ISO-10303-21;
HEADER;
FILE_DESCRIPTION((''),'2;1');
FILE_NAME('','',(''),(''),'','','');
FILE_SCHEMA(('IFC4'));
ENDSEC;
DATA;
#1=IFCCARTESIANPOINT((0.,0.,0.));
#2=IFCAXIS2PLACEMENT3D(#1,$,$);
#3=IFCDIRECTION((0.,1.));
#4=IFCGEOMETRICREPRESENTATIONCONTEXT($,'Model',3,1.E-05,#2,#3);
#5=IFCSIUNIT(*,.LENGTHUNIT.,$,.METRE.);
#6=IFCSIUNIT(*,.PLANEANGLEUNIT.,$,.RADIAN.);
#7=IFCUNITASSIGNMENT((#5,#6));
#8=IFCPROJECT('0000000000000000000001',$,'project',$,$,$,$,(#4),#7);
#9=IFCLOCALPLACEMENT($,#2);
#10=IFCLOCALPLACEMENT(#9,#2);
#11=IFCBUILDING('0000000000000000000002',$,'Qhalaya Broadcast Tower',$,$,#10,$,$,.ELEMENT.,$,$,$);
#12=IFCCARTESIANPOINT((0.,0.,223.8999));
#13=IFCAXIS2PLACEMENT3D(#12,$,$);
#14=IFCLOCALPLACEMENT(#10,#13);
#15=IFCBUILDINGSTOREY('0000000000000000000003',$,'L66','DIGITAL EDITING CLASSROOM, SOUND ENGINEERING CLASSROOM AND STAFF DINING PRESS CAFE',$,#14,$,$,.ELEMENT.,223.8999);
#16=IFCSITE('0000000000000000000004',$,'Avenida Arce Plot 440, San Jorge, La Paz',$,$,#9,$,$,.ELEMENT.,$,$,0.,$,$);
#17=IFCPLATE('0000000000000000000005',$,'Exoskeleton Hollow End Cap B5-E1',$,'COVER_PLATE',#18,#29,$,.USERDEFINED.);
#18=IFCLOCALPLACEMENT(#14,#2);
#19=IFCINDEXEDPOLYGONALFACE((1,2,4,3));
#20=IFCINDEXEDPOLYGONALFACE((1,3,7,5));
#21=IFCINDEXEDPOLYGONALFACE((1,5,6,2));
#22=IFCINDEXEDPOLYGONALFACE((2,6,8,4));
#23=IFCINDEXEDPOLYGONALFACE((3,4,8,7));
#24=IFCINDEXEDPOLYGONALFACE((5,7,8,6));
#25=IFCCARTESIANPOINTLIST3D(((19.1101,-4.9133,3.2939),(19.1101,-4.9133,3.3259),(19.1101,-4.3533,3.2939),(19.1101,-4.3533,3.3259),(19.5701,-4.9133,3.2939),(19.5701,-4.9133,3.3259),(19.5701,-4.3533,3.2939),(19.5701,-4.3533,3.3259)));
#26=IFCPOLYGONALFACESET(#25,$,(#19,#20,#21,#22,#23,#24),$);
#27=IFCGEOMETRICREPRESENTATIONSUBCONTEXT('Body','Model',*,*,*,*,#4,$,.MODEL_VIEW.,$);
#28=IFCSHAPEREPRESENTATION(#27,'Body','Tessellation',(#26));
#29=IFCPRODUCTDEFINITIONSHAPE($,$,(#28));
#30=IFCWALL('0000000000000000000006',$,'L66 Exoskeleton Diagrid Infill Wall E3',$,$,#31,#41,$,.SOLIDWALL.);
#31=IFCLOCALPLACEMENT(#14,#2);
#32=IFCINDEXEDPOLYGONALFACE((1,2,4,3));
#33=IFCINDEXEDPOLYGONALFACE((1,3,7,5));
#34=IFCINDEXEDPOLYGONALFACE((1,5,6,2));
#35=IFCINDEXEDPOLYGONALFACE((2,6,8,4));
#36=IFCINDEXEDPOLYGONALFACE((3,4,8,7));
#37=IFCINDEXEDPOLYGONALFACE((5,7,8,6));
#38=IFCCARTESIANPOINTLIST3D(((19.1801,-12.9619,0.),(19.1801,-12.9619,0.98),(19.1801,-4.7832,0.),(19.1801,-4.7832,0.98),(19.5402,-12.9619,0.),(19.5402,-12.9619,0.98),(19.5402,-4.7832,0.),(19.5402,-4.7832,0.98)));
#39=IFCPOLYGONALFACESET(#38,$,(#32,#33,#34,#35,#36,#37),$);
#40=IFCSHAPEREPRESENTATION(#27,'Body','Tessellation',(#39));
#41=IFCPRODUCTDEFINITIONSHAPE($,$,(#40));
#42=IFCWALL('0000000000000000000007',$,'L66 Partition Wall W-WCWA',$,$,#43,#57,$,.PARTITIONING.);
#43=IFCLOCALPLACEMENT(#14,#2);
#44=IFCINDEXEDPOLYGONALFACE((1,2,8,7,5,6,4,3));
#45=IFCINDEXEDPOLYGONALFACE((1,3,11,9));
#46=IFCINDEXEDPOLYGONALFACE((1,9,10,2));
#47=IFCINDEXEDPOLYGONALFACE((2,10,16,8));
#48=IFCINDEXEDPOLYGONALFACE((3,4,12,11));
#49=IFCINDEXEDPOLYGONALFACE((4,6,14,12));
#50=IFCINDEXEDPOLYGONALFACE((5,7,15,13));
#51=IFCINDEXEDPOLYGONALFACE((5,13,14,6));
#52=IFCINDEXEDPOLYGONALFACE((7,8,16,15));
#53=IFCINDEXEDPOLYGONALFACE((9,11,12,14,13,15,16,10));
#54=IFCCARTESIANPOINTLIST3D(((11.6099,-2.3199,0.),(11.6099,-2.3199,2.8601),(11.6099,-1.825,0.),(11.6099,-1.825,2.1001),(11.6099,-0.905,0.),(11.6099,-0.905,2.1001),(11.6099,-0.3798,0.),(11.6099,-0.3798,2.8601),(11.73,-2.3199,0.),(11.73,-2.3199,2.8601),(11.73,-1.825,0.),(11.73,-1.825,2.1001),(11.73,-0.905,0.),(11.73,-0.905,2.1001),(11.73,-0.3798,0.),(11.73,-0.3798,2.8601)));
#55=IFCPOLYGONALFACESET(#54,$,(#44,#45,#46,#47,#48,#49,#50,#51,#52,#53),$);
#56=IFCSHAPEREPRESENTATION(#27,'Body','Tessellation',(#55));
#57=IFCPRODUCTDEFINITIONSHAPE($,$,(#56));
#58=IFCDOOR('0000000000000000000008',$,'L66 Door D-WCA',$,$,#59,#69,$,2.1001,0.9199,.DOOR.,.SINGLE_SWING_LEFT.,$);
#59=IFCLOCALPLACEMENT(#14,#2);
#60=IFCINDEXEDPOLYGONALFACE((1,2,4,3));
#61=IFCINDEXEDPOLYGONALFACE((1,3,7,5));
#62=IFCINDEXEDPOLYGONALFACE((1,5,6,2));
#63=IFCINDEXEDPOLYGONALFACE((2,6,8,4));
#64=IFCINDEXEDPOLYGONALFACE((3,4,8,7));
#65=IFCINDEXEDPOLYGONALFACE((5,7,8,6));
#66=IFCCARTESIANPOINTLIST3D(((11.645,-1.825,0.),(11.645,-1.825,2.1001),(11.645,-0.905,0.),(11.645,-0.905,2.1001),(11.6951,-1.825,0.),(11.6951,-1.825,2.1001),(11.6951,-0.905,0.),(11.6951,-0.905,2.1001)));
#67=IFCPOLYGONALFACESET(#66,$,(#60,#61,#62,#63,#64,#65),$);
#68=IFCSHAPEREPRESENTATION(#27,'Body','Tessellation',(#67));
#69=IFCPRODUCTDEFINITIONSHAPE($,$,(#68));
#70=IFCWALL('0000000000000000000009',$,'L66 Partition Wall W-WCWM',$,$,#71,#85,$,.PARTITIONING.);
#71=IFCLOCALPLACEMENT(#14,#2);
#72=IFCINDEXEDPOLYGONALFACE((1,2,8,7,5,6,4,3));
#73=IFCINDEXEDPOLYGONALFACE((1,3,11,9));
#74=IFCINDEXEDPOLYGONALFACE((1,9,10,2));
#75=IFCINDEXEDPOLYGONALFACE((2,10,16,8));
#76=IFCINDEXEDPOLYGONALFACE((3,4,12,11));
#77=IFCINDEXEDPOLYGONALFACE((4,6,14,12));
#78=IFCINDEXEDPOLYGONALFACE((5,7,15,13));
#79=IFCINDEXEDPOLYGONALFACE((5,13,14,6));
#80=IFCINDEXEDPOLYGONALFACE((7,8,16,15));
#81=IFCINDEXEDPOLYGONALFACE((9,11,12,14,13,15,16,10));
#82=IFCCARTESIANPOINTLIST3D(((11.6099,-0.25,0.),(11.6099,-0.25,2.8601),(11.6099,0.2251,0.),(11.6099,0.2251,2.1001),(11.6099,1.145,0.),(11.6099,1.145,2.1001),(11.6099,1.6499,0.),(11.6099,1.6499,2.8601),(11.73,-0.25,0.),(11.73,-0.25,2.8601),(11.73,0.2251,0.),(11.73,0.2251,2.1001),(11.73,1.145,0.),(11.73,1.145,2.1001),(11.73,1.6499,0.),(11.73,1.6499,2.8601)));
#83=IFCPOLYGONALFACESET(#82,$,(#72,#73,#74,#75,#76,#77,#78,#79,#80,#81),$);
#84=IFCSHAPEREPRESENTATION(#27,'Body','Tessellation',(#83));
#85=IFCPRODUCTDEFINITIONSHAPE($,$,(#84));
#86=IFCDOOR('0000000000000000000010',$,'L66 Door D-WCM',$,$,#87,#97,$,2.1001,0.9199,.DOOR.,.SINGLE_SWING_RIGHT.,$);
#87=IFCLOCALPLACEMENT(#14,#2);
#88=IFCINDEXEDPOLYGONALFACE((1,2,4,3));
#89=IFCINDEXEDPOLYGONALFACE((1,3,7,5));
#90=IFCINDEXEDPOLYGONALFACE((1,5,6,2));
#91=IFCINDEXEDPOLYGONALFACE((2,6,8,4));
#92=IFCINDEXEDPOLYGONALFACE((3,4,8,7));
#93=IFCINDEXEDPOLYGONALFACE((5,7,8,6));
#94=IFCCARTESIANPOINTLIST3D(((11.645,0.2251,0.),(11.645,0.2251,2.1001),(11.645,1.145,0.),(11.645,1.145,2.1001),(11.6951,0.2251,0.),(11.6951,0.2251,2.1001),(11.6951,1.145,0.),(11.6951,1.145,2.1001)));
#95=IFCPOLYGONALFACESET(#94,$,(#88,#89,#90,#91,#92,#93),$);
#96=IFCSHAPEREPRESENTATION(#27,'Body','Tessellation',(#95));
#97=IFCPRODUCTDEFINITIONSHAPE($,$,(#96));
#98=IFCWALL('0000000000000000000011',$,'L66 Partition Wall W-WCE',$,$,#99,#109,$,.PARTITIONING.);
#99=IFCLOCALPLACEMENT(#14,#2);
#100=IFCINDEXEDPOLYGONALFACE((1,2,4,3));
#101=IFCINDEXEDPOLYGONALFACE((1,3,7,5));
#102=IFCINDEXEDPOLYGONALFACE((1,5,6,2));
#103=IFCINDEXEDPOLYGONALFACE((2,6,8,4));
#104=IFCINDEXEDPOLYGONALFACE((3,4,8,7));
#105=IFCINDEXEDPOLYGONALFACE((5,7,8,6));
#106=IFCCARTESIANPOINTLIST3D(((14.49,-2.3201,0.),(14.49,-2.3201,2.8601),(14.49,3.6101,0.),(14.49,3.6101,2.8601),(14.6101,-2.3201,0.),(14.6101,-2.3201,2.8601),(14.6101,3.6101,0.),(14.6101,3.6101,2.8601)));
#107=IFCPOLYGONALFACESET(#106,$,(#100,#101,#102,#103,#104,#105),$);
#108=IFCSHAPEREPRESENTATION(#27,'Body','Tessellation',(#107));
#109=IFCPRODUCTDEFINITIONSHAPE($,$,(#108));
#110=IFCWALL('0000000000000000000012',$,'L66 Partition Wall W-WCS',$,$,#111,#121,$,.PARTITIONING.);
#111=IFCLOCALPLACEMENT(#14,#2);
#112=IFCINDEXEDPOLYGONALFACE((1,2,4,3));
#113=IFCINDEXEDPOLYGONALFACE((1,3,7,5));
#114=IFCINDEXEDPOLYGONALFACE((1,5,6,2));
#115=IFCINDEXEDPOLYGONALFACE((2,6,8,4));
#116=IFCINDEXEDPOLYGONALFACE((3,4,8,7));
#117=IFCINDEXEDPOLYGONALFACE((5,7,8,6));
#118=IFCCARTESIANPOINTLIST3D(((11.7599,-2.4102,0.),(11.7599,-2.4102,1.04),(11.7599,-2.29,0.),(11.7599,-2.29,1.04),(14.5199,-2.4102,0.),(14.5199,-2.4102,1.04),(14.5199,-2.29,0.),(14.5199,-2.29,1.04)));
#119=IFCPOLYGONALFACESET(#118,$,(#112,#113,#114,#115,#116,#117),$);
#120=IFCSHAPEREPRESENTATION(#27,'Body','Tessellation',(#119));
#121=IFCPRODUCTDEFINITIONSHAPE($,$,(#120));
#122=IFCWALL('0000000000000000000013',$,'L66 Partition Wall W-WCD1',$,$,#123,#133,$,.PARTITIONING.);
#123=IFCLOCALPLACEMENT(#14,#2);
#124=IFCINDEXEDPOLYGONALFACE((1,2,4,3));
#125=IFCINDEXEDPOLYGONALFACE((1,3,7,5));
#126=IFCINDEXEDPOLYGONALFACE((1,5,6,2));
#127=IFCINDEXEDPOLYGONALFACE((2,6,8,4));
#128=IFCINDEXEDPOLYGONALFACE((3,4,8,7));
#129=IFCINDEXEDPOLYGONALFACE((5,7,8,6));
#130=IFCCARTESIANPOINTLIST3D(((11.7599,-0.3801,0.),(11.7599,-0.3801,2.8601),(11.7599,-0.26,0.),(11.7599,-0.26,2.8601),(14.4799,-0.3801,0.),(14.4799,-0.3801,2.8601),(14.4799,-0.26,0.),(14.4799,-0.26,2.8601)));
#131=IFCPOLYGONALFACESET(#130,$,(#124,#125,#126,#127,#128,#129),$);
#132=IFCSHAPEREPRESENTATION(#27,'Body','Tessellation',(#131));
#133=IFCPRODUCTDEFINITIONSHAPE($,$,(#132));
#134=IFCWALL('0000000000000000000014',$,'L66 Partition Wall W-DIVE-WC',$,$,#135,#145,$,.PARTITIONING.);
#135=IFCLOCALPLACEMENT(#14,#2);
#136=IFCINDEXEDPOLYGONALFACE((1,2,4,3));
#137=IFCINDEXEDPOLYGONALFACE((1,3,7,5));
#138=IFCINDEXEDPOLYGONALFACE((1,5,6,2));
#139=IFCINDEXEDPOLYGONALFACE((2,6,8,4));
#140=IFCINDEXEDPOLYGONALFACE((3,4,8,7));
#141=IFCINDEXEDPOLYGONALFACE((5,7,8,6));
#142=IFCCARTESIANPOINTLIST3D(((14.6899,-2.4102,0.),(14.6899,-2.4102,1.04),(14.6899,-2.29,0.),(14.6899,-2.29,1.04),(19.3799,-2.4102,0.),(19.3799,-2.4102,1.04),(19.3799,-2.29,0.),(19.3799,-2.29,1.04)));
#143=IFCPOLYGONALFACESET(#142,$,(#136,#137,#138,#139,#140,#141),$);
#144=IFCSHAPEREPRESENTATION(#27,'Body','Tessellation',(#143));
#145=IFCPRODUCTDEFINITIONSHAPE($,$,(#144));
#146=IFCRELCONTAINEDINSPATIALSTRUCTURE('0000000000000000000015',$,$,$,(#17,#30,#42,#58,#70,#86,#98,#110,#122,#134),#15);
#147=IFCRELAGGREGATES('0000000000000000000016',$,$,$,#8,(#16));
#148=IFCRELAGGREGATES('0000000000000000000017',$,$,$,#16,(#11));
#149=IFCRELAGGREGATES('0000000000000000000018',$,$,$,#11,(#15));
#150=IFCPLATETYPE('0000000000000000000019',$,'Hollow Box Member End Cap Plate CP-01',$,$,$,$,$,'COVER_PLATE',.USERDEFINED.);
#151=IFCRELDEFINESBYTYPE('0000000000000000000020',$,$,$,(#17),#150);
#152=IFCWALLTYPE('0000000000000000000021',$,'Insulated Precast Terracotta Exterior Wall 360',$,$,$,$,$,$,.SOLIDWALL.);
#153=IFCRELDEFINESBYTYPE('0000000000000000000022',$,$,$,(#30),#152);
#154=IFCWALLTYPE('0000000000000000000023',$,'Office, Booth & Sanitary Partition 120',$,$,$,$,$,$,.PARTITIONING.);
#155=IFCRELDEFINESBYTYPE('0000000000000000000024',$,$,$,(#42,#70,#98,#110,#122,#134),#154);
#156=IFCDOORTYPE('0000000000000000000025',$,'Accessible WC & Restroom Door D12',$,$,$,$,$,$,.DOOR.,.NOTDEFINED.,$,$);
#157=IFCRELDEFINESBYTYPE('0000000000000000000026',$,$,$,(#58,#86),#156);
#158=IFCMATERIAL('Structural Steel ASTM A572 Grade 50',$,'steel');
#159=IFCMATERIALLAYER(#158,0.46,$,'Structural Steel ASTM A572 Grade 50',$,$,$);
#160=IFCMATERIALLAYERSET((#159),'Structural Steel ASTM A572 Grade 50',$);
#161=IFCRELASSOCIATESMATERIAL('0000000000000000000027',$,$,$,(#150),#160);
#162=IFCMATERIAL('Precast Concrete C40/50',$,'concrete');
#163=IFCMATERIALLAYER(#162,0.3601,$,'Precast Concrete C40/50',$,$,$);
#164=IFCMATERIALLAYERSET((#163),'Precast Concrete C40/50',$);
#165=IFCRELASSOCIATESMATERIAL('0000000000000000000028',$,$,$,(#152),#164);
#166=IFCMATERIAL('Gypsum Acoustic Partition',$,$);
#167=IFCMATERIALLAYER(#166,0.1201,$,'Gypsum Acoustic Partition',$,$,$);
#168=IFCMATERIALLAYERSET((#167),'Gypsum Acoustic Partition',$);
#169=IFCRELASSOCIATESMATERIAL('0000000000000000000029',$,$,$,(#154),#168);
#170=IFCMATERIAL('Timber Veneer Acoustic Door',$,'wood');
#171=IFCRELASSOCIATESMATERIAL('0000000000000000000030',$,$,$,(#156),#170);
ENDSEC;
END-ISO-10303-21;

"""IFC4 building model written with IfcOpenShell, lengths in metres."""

from ifc_helpers import new_model, si_unit, direction, frame, frame_2d, origin, origin_2d, place, context, subcontext, project, spatial, rectangle, extrude, material, layer, layer_set, type_object, element, fill, save


model = new_model("IFC4")

# Units and contexts
model_context = context("Model", 3, precision=1e-05, world=origin(), true_north=direction((0.0, 1.0)))
body_context = subcontext(model_context, "Body", "Model", "MODEL_VIEW")
ifc_project = project(units=[si_unit("LENGTHUNIT", "METRE"), si_unit("PLANEANGLEUNIT", "RADIAN")], contexts=[model_context])

# Site, building, storey
site_placement = place(None, origin())
site = spatial("IfcSite", under=ifc_project, at=site_placement, Name="Avenida Arce Plot 440, San Jorge, La Paz", CompositionType="ELEMENT", RefElevation=0.0)
building_placement = place(site_placement, origin())
building = spatial("IfcBuilding", under=site, at=building_placement, Name="Qhalaya Broadcast Tower", CompositionType="ELEMENT")
storey_placement = place(building_placement, frame((0.0, 0.0, 223.8999)))
storey = spatial("IfcBuildingStorey", under=building, at=storey_placement, Name="L66", Description="DIGITAL EDITING CLASSROOM, SOUND ENGINEERING CLASSROOM AND STAFF DINING PRESS CAFE", CompositionType="ELEMENT", Elevation=223.8999)

# Shared definitions
ifc_material_1 = material(Name="Structural Steel ASTM A572 Grade 50", Category="steel")

# Plate
ifc_layer_1 = layer(ifc_material_1, 0.46, Name="Structural Steel ASTM A572 Grade 50")
ifc_layer_set_1 = layer_set([ifc_layer_1], Name="Structural Steel ASTM A572 Grade 50")
plate_type_1 = type_object("IfcPlateType", Name="Hollow Box Member End Cap Plate CP-01", ElementType="COVER_PLATE", PredefinedType="USERDEFINED", material=ifc_layer_set_1)
plate_1_placement = place(storey_placement, frame((19.3401, -4.6333, 3.2939), z_axis=(0.0, 0.0, 1.0), x_axis=(0.0, 1.0, 0.0)))
element("IfcPlate", 1, at=plate_1_placement, inside=storey, type_object=plate_type_1, Name="Exoskeleton Hollow End Cap B5-E1", ObjectType="COVER_PLATE", PredefinedType="USERDEFINED", context=body_context, shape_type="SweptSolid", body=[
    extrude(rectangle(XDim=0.5601, YDim=0.46, at=origin_2d()), origin(), (0.0, 0.0, 1.0), 0.032),
])

# Wall
ifc_material_2 = material(Name="Precast Concrete C40/50", Category="concrete")
ifc_layer_2 = layer(ifc_material_2, 0.3601, Name="Precast Concrete C40/50")
ifc_layer_set_2 = layer_set([ifc_layer_2], Name="Precast Concrete C40/50")
wall_type_1 = type_object("IfcWallType", Name="Insulated Precast Terracotta Exterior Wall 360", PredefinedType="SOLIDWALL", material=ifc_layer_set_2)
wall_1_placement = place(storey_placement, frame((19.3601, -4.7832, 0.0), z_axis=(0.0, 0.0, 1.0), x_axis=(0.0, -1.0, 0.0)))
element("IfcWall", 2, at=wall_1_placement, inside=storey, type_object=wall_type_1, Name="L66 Exoskeleton Diagrid Infill Wall E3", PredefinedType="SOLIDWALL", context=body_context, shape_type="SweptSolid", body=[
    extrude(rectangle(XDim=8.1787, YDim=0.3601, at=frame_2d((4.0894, 0.0))), origin(), (0.0, 0.0, 1.0), 0.98),
])

# Walls, openings, doors
ifc_material_3 = material(Name="Gypsum Acoustic Partition")
ifc_layer_3 = layer(ifc_material_3, 0.1201, Name="Gypsum Acoustic Partition")
ifc_layer_set_3 = layer_set([ifc_layer_3], Name="Gypsum Acoustic Partition")
wall_type_2 = type_object("IfcWallType", Name="Office, Booth & Sanitary Partition 120", PredefinedType="PARTITIONING", material=ifc_layer_set_3)
wall_2_placement = place(storey_placement, frame((11.6699, -2.3201, 0.0), z_axis=(0.0, 0.0, 1.0), x_axis=(0.0, 1.0, 0.0)))
wall_2 = element("IfcWall", 3, at=wall_2_placement, inside=storey, type_object=wall_type_2, Name="L66 Partition Wall W-WCWA", PredefinedType="PARTITIONING", context=body_context, shape_type="SweptSolid", body=[
    extrude(rectangle(XDim=1.9402, YDim=0.1201, at=frame_2d((0.9702, 0.0))), origin(), (0.0, 0.0, 1.0), 2.8601),
])
opening_1_placement = place(wall_2_placement, frame((0.4951, 0.0, 0.0)))
opening_1 = element("IfcOpeningElement", 4, at=opening_1_placement, cuts=wall_2, PredefinedType="OPENING", context=body_context, shape_type="SweptSolid", body=[
    extrude(rectangle(XDim=0.9199, YDim=2.1001, at=frame_2d((0.46, 1.05))), frame((0.0, 0.072, 0.0), z_axis=(0.0, -1.0, 0.0), x_axis=(1.0, 0.0, 0.0)), (0.0, 0.0, 1.0), 0.144),
])
ifc_material_4 = material(Name="Timber Veneer Acoustic Door", Category="wood")
door_type = type_object("IfcDoorType", Name="Accessible WC & Restroom Door D12", OperationType="NOTDEFINED", PredefinedType="DOOR", material=ifc_material_4)
door_1_placement = place(opening_1_placement, origin())
door_1 = element("IfcDoor", 5, at=door_1_placement, inside=storey, type_object=door_type, Name="L66 Door D-WCA", OperationType="SINGLE_SWING_LEFT", OverallHeight=2.1001, OverallWidth=0.9199, PredefinedType="DOOR", context=body_context, shape_type="SweptSolid", body=[
    extrude(rectangle(XDim=0.9199, YDim=2.1001, at=frame_2d((0.46, 1.05))), frame((0.0, 0.0249, 0.0), z_axis=(0.0, -1.0, 0.0), x_axis=(1.0, 0.0, 0.0)), (0.0, 0.0, 1.0), 0.05),
])
fill(opening_1, door_1)
wall_3_placement = place(storey_placement, frame((11.6699, -0.25, 0.0), z_axis=(0.0, 0.0, 1.0), x_axis=(0.0, 1.0, 0.0)))
wall_3 = element("IfcWall", 6, at=wall_3_placement, inside=storey, type_object=wall_type_2, Name="L66 Partition Wall W-WCWM", PredefinedType="PARTITIONING", context=body_context, shape_type="SweptSolid", body=[
    extrude(rectangle(XDim=1.8999, YDim=0.1201, at=frame_2d((0.95, 0.0))), origin(), (0.0, 0.0, 1.0), 2.8601),
])
opening_2_placement = place(wall_3_placement, frame((0.4751, 0.0, 0.0)))
opening_2 = element("IfcOpeningElement", 7, at=opening_2_placement, cuts=wall_3, PredefinedType="OPENING", context=body_context, shape_type="SweptSolid", body=[
    extrude(rectangle(XDim=0.9199, YDim=2.1001, at=frame_2d((0.46, 1.05))), frame((0.0, 0.072, 0.0), z_axis=(0.0, -1.0, 0.0), x_axis=(1.0, 0.0, 0.0)), (0.0, 0.0, 1.0), 0.144),
])
door_2_placement = place(opening_2_placement, origin())
door_2 = element("IfcDoor", 8, at=door_2_placement, inside=storey, type_object=door_type, Name="L66 Door D-WCM", OperationType="SINGLE_SWING_RIGHT", OverallHeight=2.1001, OverallWidth=0.9199, PredefinedType="DOOR", context=body_context, shape_type="SweptSolid", body=[
    extrude(rectangle(XDim=0.9199, YDim=2.1001, at=frame_2d((0.46, 1.05))), frame((0.0, 0.0249, 0.0), z_axis=(0.0, -1.0, 0.0), x_axis=(1.0, 0.0, 0.0)), (0.0, 0.0, 1.0), 0.05),
])
fill(opening_2, door_2)

# Walls
wall_4_placement = place(storey_placement, frame((14.55, -2.3201, 0.0), z_axis=(0.0, 0.0, 1.0), x_axis=(0.0, 1.0, 0.0)))
element("IfcWall", 9, at=wall_4_placement, inside=storey, type_object=wall_type_2, Name="L66 Partition Wall W-WCE", PredefinedType="PARTITIONING", context=body_context, shape_type="SweptSolid", body=[
    extrude(rectangle(XDim=5.9302, YDim=0.1201, at=frame_2d((2.9651, 0.0))), origin(), (0.0, 0.0, 1.0), 2.8601),
])
wall_5_placement = place(storey_placement, frame((11.76, -2.3501, 0.0), z_axis=(0.0, 0.0, 1.0), x_axis=(1.0, 0.0, 0.0)))
element("IfcWall", 10, at=wall_5_placement, inside=storey, type_object=wall_type_2, Name="L66 Partition Wall W-WCS", PredefinedType="PARTITIONING", context=body_context, shape_type="SweptSolid", body=[
    extrude(rectangle(XDim=2.76, YDim=0.1201, at=frame_2d((1.3799, 0.0))), origin(), (0.0, 0.0, 1.0), 1.04),
])
wall_6_placement = place(storey_placement, frame((11.76, -0.3201, 0.0), z_axis=(0.0, 0.0, 1.0), x_axis=(1.0, 0.0, 0.0)))
element("IfcWall", 11, at=wall_6_placement, inside=storey, type_object=wall_type_2, Name="L66 Partition Wall W-WCD1", PredefinedType="PARTITIONING", context=body_context, shape_type="SweptSolid", body=[
    extrude(rectangle(XDim=2.72, YDim=0.1201, at=frame_2d((1.3599, 0.0))), origin(), (0.0, 0.0, 1.0), 2.8601),
])
wall_7_placement = place(storey_placement, frame((14.6899, -2.3501, 0.0), z_axis=(0.0, 0.0, 1.0), x_axis=(1.0, 0.0, 0.0)))
element("IfcWall", 12, at=wall_7_placement, inside=storey, type_object=wall_type_2, Name="L66 Partition Wall W-DIVE-WC", PredefinedType="PARTITIONING", context=body_context, shape_type="SweptSolid", body=[
    extrude(rectangle(XDim=4.6899, YDim=0.1201, at=frame_2d((2.345, 0.0))), origin(), (0.0, 0.0, 1.0), 1.04),
])

save(model, "model.ifc")
